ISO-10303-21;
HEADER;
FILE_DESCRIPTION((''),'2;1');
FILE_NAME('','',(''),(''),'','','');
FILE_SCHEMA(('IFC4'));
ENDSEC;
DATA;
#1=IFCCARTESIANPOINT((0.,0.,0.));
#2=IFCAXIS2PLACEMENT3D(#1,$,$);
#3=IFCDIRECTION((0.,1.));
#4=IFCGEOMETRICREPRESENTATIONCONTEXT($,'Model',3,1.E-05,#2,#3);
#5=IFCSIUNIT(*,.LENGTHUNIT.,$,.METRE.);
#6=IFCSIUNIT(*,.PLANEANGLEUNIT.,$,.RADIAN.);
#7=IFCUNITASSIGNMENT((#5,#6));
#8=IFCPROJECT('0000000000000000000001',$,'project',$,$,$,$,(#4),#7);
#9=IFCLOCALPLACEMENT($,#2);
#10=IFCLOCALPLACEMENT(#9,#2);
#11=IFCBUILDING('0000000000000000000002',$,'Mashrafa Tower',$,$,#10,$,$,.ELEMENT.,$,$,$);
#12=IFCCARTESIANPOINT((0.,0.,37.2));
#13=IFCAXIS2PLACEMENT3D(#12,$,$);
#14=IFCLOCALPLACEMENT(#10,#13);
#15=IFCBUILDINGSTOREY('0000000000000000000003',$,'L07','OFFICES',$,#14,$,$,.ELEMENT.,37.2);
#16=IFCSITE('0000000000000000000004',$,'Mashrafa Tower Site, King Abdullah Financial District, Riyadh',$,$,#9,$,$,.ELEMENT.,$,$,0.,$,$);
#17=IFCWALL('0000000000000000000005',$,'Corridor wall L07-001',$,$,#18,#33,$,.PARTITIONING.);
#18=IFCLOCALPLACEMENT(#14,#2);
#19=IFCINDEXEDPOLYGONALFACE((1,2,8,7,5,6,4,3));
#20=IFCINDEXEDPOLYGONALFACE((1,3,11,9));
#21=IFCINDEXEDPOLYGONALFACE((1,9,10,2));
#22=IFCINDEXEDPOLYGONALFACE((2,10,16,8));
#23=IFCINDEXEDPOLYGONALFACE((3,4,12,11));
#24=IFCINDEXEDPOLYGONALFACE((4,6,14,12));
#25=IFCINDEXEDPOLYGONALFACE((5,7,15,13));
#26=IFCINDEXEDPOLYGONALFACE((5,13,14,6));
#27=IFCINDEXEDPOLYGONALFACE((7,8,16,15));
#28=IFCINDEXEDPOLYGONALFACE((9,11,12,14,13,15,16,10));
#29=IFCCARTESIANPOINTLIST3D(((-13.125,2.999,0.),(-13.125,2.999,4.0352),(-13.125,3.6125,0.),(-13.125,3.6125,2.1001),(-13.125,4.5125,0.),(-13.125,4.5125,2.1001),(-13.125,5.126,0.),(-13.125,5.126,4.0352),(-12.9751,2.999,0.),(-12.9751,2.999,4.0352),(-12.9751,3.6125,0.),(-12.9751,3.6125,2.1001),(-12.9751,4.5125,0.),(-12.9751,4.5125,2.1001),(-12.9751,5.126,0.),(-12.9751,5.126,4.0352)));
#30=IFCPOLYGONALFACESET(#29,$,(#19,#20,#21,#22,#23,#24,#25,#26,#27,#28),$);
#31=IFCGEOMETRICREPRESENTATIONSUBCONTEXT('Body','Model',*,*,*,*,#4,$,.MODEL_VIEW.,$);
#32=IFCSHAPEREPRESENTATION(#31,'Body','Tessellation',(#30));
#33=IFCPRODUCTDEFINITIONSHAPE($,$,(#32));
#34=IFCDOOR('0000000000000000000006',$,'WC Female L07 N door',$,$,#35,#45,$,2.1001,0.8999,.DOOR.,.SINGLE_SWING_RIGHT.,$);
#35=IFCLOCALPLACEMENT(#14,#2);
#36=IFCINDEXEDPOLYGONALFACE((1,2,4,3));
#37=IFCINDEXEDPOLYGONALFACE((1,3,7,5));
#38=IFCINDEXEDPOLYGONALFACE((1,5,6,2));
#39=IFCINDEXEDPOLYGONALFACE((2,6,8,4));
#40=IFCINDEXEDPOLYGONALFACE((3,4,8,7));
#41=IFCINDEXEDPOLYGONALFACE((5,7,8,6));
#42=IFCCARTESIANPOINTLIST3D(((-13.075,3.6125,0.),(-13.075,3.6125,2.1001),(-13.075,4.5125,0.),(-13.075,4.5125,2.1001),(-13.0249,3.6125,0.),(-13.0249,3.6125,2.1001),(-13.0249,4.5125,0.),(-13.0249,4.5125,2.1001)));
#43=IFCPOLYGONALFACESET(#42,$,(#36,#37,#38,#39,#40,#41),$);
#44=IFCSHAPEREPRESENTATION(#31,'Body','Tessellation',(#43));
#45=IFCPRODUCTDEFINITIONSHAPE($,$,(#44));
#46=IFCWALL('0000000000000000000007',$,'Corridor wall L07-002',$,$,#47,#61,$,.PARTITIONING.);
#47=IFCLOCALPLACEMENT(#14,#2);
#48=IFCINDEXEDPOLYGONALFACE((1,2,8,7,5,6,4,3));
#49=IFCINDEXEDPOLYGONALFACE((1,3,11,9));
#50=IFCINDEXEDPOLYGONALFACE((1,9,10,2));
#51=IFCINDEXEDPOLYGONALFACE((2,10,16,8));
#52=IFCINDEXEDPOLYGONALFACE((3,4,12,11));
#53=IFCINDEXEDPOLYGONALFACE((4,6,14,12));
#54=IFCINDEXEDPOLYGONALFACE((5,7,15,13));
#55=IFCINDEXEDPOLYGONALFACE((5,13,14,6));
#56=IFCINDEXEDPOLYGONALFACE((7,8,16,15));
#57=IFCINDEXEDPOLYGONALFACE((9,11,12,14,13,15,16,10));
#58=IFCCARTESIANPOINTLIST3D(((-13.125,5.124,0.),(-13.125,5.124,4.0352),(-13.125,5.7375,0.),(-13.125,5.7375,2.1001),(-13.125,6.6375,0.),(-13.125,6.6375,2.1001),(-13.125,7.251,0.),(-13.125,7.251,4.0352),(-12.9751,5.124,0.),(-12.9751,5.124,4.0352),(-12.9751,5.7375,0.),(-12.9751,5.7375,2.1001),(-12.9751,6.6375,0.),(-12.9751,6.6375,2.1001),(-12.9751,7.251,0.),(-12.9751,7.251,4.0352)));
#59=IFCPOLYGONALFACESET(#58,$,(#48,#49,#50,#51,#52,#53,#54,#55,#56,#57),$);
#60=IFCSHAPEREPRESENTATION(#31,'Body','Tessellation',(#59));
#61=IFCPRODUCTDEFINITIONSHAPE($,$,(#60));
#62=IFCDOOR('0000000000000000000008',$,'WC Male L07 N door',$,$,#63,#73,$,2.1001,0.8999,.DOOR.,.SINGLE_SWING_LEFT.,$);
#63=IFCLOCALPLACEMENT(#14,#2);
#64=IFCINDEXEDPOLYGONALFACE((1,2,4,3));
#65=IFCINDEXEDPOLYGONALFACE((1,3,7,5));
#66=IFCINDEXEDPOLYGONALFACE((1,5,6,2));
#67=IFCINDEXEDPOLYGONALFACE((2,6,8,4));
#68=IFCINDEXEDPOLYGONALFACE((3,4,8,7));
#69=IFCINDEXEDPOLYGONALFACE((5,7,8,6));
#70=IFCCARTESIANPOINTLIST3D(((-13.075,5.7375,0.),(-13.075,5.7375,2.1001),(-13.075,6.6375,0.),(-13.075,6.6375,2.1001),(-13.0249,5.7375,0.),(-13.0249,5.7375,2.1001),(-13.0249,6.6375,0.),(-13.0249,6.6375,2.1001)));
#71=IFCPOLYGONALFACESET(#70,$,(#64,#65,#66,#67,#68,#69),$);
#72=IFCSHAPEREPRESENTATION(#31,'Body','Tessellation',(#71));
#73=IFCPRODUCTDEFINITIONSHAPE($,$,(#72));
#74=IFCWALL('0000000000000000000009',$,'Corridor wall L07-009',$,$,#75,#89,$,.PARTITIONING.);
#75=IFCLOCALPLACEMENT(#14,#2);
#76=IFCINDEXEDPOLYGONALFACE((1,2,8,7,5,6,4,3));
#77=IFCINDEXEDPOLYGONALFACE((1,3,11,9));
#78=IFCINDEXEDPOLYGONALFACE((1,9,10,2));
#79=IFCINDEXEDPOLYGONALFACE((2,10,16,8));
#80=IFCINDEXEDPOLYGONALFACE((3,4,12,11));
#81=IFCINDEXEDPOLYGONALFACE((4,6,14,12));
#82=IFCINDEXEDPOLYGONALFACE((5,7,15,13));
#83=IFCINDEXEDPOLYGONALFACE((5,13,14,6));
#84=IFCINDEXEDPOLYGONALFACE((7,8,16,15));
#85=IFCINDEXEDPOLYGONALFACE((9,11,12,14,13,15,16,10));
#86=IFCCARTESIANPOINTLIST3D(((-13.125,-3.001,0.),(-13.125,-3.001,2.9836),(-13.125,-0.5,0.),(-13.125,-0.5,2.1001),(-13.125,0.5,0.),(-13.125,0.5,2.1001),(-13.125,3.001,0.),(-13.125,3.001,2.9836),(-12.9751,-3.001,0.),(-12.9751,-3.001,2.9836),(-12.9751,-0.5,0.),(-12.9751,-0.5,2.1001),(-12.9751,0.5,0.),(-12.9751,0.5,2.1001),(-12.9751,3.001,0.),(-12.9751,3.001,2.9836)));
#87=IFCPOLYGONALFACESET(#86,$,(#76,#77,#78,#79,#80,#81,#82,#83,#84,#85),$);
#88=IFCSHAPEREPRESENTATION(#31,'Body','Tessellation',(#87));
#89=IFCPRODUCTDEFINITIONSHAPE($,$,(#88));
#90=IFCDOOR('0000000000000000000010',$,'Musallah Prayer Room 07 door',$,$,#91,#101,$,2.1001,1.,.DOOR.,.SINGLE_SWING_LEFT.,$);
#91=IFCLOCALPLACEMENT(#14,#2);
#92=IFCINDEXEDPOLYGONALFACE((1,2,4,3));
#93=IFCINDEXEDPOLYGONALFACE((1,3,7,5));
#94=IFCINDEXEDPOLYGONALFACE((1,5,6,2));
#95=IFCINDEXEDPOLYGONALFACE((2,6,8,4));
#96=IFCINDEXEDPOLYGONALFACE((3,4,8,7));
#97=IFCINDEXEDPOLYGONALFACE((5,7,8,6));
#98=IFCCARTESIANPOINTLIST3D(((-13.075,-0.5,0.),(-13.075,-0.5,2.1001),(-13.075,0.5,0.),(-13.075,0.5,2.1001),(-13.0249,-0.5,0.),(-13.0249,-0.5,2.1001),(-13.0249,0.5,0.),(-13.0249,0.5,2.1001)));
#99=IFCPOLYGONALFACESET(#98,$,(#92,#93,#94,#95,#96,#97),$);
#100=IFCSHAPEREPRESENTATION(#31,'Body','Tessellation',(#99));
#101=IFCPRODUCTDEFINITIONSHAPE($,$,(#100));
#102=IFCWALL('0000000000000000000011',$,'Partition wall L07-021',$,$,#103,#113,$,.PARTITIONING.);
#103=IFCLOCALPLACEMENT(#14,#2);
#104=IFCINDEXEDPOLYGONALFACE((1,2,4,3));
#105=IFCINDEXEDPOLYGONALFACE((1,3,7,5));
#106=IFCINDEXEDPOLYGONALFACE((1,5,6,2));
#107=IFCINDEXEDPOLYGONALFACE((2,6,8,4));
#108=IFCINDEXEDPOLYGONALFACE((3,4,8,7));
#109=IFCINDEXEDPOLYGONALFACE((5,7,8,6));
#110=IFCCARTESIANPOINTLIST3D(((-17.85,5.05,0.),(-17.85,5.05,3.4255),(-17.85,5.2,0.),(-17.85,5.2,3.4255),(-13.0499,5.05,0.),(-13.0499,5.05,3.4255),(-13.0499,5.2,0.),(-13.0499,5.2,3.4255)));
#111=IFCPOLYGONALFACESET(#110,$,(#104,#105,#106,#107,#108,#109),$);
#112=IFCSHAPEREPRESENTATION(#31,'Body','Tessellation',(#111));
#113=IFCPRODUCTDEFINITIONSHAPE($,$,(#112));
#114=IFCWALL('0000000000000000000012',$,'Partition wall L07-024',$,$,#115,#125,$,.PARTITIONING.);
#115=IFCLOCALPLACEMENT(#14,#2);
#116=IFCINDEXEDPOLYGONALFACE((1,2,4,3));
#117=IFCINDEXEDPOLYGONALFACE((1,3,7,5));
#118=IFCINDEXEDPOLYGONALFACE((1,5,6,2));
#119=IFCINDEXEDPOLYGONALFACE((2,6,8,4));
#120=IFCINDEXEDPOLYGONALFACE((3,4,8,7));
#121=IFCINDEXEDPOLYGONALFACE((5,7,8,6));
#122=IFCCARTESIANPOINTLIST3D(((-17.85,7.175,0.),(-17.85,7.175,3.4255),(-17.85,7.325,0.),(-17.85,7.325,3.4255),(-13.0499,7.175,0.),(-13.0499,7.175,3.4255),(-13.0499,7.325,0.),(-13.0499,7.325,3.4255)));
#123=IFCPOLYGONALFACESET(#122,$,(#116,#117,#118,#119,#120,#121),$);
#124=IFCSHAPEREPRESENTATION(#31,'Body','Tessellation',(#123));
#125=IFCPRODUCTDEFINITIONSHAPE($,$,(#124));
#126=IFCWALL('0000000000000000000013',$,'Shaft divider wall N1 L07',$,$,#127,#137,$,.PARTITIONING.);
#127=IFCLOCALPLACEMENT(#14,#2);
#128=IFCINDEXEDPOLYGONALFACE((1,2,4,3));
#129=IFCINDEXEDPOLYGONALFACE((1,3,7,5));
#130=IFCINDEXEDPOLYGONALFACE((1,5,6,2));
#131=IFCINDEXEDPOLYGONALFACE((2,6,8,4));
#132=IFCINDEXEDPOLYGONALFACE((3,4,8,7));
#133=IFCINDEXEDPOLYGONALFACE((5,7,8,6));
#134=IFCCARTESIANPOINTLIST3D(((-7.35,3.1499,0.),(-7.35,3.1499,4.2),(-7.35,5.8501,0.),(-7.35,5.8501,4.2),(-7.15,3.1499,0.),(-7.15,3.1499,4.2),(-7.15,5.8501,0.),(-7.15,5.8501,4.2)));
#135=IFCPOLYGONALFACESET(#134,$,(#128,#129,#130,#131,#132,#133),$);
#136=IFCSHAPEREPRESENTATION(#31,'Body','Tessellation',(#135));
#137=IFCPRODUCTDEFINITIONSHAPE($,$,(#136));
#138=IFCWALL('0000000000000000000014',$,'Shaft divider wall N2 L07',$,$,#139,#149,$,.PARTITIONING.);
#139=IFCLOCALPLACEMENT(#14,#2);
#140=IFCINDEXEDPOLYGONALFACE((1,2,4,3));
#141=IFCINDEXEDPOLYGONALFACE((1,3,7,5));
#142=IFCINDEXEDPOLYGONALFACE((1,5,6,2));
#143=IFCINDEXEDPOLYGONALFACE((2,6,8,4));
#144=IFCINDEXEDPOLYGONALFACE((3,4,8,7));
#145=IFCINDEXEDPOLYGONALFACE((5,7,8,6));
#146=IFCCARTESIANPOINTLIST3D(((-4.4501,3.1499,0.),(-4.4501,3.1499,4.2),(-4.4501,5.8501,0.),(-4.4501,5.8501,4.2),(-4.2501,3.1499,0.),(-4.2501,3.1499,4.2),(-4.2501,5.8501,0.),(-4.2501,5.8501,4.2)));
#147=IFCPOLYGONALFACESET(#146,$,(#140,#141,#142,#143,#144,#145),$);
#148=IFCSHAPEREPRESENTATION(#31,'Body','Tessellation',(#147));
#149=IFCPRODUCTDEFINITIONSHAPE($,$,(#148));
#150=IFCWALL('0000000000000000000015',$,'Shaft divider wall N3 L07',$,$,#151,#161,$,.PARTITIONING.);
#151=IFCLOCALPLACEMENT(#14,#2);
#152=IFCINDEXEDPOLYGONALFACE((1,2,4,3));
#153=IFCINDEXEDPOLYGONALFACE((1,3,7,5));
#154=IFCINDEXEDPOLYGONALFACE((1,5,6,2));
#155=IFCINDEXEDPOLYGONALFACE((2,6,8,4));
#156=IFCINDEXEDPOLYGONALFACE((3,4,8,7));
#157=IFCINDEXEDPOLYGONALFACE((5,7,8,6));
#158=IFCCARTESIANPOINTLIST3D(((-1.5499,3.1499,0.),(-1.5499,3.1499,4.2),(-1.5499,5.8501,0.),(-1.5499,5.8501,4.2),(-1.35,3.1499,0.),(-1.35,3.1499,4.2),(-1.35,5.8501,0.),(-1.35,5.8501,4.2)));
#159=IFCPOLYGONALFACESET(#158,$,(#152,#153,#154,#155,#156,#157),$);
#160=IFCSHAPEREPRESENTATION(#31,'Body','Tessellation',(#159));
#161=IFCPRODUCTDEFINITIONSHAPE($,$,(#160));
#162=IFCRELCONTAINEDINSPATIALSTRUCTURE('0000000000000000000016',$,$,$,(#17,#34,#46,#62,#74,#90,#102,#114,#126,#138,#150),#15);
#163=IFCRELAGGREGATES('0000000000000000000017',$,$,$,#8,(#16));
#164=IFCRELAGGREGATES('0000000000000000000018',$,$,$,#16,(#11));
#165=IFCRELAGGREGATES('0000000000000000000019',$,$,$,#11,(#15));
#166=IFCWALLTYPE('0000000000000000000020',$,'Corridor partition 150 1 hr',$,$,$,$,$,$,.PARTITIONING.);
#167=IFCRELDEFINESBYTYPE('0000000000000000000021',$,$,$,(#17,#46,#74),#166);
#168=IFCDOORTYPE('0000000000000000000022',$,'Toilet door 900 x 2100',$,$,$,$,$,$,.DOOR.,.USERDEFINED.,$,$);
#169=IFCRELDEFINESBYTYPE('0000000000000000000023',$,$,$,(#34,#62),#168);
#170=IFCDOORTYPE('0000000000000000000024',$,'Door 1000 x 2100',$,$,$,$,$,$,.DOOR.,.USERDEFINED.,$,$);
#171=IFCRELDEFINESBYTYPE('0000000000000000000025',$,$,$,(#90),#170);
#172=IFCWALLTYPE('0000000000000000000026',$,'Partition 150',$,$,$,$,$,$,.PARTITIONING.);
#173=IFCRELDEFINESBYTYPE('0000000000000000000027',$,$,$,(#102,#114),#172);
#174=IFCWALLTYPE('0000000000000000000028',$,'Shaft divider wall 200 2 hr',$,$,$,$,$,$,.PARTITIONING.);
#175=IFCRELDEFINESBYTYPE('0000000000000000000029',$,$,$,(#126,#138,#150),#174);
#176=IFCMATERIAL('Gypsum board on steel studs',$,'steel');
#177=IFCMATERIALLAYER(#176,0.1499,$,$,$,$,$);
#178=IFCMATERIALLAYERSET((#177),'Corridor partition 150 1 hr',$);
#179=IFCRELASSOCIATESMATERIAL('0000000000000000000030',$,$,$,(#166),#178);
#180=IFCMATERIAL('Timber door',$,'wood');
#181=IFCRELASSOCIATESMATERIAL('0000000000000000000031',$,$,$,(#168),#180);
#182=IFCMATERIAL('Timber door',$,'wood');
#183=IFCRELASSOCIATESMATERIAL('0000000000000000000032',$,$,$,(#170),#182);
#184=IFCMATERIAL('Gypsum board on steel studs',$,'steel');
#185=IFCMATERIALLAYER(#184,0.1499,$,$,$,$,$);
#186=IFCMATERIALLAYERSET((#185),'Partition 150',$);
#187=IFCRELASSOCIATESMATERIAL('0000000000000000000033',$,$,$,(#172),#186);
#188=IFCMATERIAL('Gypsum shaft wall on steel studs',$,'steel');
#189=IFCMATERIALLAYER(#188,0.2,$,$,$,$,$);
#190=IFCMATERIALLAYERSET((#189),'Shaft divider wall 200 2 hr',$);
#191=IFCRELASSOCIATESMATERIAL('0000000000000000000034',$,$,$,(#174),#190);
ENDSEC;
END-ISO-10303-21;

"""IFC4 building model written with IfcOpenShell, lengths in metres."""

from ifc_helpers import new_model, si_unit, direction, frame, frame_2d, origin, place, context, subcontext, project, spatial, rectangle, extrude, material, layer, layer_set, type_object, element, fill, save


model = new_model("IFC4")

# Units and contexts
model_context = context("Model", 3, precision=1e-05, world=origin(), true_north=direction((0.0, 1.0)))
body_context = subcontext(model_context, "Body", "Model", "MODEL_VIEW")
ifc_project = project(units=[si_unit("LENGTHUNIT", "METRE"), si_unit("PLANEANGLEUNIT", "RADIAN")], contexts=[model_context])

# Site, building, storey
site_placement = place(None, origin())
site = spatial("IfcSite", under=ifc_project, at=site_placement, Name="Mashrafa Tower Site, King Abdullah Financial District, Riyadh", CompositionType="ELEMENT", RefElevation=0.0)
building_placement = place(site_placement, origin())
building = spatial("IfcBuilding", under=site, at=building_placement, Name="Mashrafa Tower", CompositionType="ELEMENT")
storey_placement = place(building_placement, frame((0.0, 0.0, 37.2)))
storey = spatial("IfcBuildingStorey", under=building, at=storey_placement, Name="L07", Description="OFFICES", CompositionType="ELEMENT", Elevation=37.2)

# Walls, openings, doors
ifc_material_1 = material(Name="Gypsum board on steel studs", Category="steel")
ifc_layer_1 = layer(ifc_material_1, 0.1499)
ifc_layer_set_1 = layer_set([ifc_layer_1], Name="Corridor partition 150 1 hr")
wall_type_1 = type_object("IfcWallType", Name="Corridor partition 150 1 hr", PredefinedType="PARTITIONING", material=ifc_layer_set_1)
wall_1_placement = place(storey_placement, frame((-13.05, 5.126, 0.0), z_axis=(0.0, 0.0, 1.0), x_axis=(0.0, -1.0, 0.0)))
wall_1 = element("IfcWall", 1, at=wall_1_placement, inside=storey, type_object=wall_type_1, Name="Corridor wall L07-001", PredefinedType="PARTITIONING", context=body_context, shape_type="SweptSolid", body=[
    extrude(rectangle(XDim=2.127, YDim=0.1499, at=frame_2d((1.0635, 0.0))), origin(), (0.0, 0.0, 1.0), 4.0352),
])
opening_1_placement = place(wall_1_placement, frame((0.6135, 0.0, 0.0)))
opening_1 = element("IfcOpeningElement", 2, at=opening_1_placement, cuts=wall_1, PredefinedType="OPENING", context=body_context, shape_type="SweptSolid", body=[
    extrude(rectangle(XDim=0.8999, YDim=2.1001, at=frame_2d((0.45, 1.05))), frame((0.0, 0.085, 0.0), z_axis=(0.0, -1.0, 0.0), x_axis=(1.0, 0.0, 0.0)), (0.0, 0.0, 1.0), 0.1699),
])
ifc_material_2 = material(Name="Timber door", Category="wood")
door_type_1 = type_object("IfcDoorType", Name="Toilet door 900 x 2100", OperationType="USERDEFINED", PredefinedType="DOOR", material=ifc_material_2)
door_1_placement = place(opening_1_placement, frame((0.8999, 0.0, 0.0), z_axis=(0.0, 0.0, 1.0), x_axis=(-1.0, 0.0, 0.0)))
door_1 = element("IfcDoor", 3, at=door_1_placement, inside=storey, type_object=door_type_1, Name="WC Female L07 N door", OperationType="SINGLE_SWING_RIGHT", OverallHeight=2.1001, OverallWidth=0.8999, PredefinedType="DOOR", context=body_context, shape_type="SweptSolid", body=[
    extrude(rectangle(XDim=0.8999, YDim=2.1001, at=frame_2d((0.45, 1.05))), frame((0.0, 0.0249, 0.0), z_axis=(0.0, -1.0, 0.0), x_axis=(1.0, 0.0, 0.0)), (0.0, 0.0, 1.0), 0.05),
])
fill(opening_1, door_1)
wall_2_placement = place(storey_placement, frame((-13.05, 7.251, 0.0), z_axis=(0.0, 0.0, 1.0), x_axis=(0.0, -1.0, 0.0)))
wall_2 = element("IfcWall", 4, at=wall_2_placement, inside=storey, type_object=wall_type_1, Name="Corridor wall L07-002", PredefinedType="PARTITIONING", context=body_context, shape_type="SweptSolid", body=[
    extrude(rectangle(XDim=2.127, YDim=0.1499, at=frame_2d((1.0635, 0.0))), origin(), (0.0, 0.0, 1.0), 4.0352),
])
opening_2_placement = place(wall_2_placement, frame((0.6135, 0.0, 0.0)))
opening_2 = element("IfcOpeningElement", 5, at=opening_2_placement, cuts=wall_2, PredefinedType="OPENING", context=body_context, shape_type="SweptSolid", body=[
    extrude(rectangle(XDim=0.8999, YDim=2.1001, at=frame_2d((0.45, 1.05))), frame((0.0, 0.085, 0.0), z_axis=(0.0, -1.0, 0.0), x_axis=(1.0, 0.0, 0.0)), (0.0, 0.0, 1.0), 0.1699),
])
door_2_placement = place(opening_2_placement, frame((0.8999, 0.0, 0.0), z_axis=(0.0, 0.0, 1.0), x_axis=(-1.0, 0.0, 0.0)))
door_2 = element("IfcDoor", 6, at=door_2_placement, inside=storey, type_object=door_type_1, Name="WC Male L07 N door", OperationType="SINGLE_SWING_LEFT", OverallHeight=2.1001, OverallWidth=0.8999, PredefinedType="DOOR", context=body_context, shape_type="SweptSolid", body=[
    extrude(rectangle(XDim=0.8999, YDim=2.1001, at=frame_2d((0.45, 1.05))), frame((0.0, 0.0249, 0.0), z_axis=(0.0, -1.0, 0.0), x_axis=(1.0, 0.0, 0.0)), (0.0, 0.0, 1.0), 0.05),
])
fill(opening_2, door_2)
wall_3_placement = place(storey_placement, frame((-13.05, 3.001, 0.0), z_axis=(0.0, 0.0, 1.0), x_axis=(0.0, -1.0, 0.0)))
wall_3 = element("IfcWall", 7, at=wall_3_placement, inside=storey, type_object=wall_type_1, Name="Corridor wall L07-009", PredefinedType="PARTITIONING", context=body_context, shape_type="SweptSolid", body=[
    extrude(rectangle(XDim=6.002, YDim=0.1499, at=frame_2d((3.001, 0.0))), origin(), (0.0, 0.0, 1.0), 2.9836),
])
opening_3_placement = place(wall_3_placement, frame((2.501, 0.0, 0.0)))
opening_3 = element("IfcOpeningElement", 8, at=opening_3_placement, cuts=wall_3, PredefinedType="OPENING", context=body_context, shape_type="SweptSolid", body=[
    extrude(rectangle(XDim=1.0, YDim=2.1001, at=frame_2d((0.5, 1.05))), frame((0.0, 0.085, 0.0), z_axis=(0.0, -1.0, 0.0), x_axis=(1.0, 0.0, 0.0)), (0.0, 0.0, 1.0), 0.1699),
])
ifc_material_3 = material(Name="Timber door", Category="wood")
door_type_2 = type_object("IfcDoorType", Name="Door 1000 x 2100", OperationType="USERDEFINED", PredefinedType="DOOR", material=ifc_material_3)
door_3_placement = place(opening_3_placement, frame((1.0, 0.0, 0.0), z_axis=(0.0, 0.0, 1.0), x_axis=(-1.0, 0.0, 0.0)))
door_3 = element("IfcDoor", 9, at=door_3_placement, inside=storey, type_object=door_type_2, Name="Musallah Prayer Room 07 door", OperationType="SINGLE_SWING_LEFT", OverallHeight=2.1001, OverallWidth=1.0, PredefinedType="DOOR", context=body_context, shape_type="SweptSolid", body=[
    extrude(rectangle(XDim=1.0, YDim=2.1001, at=frame_2d((0.5, 1.05))), frame((0.0, 0.0249, 0.0), z_axis=(0.0, -1.0, 0.0), x_axis=(1.0, 0.0, 0.0)), (0.0, 0.0, 1.0), 0.05),
])
fill(opening_3, door_3)

# Walls
ifc_material_4 = material(Name="Gypsum board on steel studs", Category="steel")
ifc_layer_2 = layer(ifc_material_4, 0.1499)
ifc_layer_set_2 = layer_set([ifc_layer_2], Name="Partition 150")
wall_type_2 = type_object("IfcWallType", Name="Partition 150", PredefinedType="PARTITIONING", material=ifc_layer_set_2)
for number, where, z_axis, x_axis, name in (
    (10, (-13.05, 5.125, 0.0), (0.0, 0.0, 1.0), (-1.0, 0.0, 0.0), "Partition wall L07-021"),
    (11, (-13.05, 7.25, 0.0), (0.0, 0.0, 1.0), (-1.0, 0.0, 0.0), "Partition wall L07-024"),
):
    element("IfcWall", number, at=place(storey_placement, frame(where, z_axis=z_axis, x_axis=x_axis)), inside=storey, type_object=wall_type_2, Name=name, PredefinedType="PARTITIONING", context=body_context, shape_type="SweptSolid", body=[
        extrude(rectangle(XDim=4.8, YDim=0.1499, at=frame_2d((2.3999, 0.0))), origin(), (0.0, 0.0, 1.0), 3.4255),
    ])
ifc_material_5 = material(Name="Gypsum shaft wall on steel studs", Category="steel")
ifc_layer_3 = layer(ifc_material_5, 0.2)
ifc_layer_set_3 = layer_set([ifc_layer_3], Name="Shaft divider wall 200 2 hr")
wall_type_3 = type_object("IfcWallType", Name="Shaft divider wall 200 2 hr", PredefinedType="PARTITIONING", material=ifc_layer_set_3)
for number, where, z_axis, x_axis, name in (
    (12, (-7.25, 3.1499, 0.0), (0.0, 0.0, 1.0), (0.0, 1.0, 0.0), "Shaft divider wall N1 L07"),
    (13, (-4.3501, 3.1499, 0.0), (0.0, 0.0, 1.0), (0.0, 1.0, 0.0), "Shaft divider wall N2 L07"),
    (14, (-1.45, 3.1499, 0.0), (0.0, 0.0, 1.0), (0.0, 1.0, 0.0), "Shaft divider wall N3 L07"),
):
    element("IfcWall", number, at=place(storey_placement, frame(where, z_axis=z_axis, x_axis=x_axis)), inside=storey, type_object=wall_type_3, Name=name, PredefinedType="PARTITIONING", context=body_context, shape_type="SweptSolid", body=[
        extrude(rectangle(XDim=2.7002, YDim=0.2, at=frame_2d((1.3501, 0.0))), origin(), (0.0, 0.0, 1.0), 4.2),
    ])

save(model, "model.ifc")
